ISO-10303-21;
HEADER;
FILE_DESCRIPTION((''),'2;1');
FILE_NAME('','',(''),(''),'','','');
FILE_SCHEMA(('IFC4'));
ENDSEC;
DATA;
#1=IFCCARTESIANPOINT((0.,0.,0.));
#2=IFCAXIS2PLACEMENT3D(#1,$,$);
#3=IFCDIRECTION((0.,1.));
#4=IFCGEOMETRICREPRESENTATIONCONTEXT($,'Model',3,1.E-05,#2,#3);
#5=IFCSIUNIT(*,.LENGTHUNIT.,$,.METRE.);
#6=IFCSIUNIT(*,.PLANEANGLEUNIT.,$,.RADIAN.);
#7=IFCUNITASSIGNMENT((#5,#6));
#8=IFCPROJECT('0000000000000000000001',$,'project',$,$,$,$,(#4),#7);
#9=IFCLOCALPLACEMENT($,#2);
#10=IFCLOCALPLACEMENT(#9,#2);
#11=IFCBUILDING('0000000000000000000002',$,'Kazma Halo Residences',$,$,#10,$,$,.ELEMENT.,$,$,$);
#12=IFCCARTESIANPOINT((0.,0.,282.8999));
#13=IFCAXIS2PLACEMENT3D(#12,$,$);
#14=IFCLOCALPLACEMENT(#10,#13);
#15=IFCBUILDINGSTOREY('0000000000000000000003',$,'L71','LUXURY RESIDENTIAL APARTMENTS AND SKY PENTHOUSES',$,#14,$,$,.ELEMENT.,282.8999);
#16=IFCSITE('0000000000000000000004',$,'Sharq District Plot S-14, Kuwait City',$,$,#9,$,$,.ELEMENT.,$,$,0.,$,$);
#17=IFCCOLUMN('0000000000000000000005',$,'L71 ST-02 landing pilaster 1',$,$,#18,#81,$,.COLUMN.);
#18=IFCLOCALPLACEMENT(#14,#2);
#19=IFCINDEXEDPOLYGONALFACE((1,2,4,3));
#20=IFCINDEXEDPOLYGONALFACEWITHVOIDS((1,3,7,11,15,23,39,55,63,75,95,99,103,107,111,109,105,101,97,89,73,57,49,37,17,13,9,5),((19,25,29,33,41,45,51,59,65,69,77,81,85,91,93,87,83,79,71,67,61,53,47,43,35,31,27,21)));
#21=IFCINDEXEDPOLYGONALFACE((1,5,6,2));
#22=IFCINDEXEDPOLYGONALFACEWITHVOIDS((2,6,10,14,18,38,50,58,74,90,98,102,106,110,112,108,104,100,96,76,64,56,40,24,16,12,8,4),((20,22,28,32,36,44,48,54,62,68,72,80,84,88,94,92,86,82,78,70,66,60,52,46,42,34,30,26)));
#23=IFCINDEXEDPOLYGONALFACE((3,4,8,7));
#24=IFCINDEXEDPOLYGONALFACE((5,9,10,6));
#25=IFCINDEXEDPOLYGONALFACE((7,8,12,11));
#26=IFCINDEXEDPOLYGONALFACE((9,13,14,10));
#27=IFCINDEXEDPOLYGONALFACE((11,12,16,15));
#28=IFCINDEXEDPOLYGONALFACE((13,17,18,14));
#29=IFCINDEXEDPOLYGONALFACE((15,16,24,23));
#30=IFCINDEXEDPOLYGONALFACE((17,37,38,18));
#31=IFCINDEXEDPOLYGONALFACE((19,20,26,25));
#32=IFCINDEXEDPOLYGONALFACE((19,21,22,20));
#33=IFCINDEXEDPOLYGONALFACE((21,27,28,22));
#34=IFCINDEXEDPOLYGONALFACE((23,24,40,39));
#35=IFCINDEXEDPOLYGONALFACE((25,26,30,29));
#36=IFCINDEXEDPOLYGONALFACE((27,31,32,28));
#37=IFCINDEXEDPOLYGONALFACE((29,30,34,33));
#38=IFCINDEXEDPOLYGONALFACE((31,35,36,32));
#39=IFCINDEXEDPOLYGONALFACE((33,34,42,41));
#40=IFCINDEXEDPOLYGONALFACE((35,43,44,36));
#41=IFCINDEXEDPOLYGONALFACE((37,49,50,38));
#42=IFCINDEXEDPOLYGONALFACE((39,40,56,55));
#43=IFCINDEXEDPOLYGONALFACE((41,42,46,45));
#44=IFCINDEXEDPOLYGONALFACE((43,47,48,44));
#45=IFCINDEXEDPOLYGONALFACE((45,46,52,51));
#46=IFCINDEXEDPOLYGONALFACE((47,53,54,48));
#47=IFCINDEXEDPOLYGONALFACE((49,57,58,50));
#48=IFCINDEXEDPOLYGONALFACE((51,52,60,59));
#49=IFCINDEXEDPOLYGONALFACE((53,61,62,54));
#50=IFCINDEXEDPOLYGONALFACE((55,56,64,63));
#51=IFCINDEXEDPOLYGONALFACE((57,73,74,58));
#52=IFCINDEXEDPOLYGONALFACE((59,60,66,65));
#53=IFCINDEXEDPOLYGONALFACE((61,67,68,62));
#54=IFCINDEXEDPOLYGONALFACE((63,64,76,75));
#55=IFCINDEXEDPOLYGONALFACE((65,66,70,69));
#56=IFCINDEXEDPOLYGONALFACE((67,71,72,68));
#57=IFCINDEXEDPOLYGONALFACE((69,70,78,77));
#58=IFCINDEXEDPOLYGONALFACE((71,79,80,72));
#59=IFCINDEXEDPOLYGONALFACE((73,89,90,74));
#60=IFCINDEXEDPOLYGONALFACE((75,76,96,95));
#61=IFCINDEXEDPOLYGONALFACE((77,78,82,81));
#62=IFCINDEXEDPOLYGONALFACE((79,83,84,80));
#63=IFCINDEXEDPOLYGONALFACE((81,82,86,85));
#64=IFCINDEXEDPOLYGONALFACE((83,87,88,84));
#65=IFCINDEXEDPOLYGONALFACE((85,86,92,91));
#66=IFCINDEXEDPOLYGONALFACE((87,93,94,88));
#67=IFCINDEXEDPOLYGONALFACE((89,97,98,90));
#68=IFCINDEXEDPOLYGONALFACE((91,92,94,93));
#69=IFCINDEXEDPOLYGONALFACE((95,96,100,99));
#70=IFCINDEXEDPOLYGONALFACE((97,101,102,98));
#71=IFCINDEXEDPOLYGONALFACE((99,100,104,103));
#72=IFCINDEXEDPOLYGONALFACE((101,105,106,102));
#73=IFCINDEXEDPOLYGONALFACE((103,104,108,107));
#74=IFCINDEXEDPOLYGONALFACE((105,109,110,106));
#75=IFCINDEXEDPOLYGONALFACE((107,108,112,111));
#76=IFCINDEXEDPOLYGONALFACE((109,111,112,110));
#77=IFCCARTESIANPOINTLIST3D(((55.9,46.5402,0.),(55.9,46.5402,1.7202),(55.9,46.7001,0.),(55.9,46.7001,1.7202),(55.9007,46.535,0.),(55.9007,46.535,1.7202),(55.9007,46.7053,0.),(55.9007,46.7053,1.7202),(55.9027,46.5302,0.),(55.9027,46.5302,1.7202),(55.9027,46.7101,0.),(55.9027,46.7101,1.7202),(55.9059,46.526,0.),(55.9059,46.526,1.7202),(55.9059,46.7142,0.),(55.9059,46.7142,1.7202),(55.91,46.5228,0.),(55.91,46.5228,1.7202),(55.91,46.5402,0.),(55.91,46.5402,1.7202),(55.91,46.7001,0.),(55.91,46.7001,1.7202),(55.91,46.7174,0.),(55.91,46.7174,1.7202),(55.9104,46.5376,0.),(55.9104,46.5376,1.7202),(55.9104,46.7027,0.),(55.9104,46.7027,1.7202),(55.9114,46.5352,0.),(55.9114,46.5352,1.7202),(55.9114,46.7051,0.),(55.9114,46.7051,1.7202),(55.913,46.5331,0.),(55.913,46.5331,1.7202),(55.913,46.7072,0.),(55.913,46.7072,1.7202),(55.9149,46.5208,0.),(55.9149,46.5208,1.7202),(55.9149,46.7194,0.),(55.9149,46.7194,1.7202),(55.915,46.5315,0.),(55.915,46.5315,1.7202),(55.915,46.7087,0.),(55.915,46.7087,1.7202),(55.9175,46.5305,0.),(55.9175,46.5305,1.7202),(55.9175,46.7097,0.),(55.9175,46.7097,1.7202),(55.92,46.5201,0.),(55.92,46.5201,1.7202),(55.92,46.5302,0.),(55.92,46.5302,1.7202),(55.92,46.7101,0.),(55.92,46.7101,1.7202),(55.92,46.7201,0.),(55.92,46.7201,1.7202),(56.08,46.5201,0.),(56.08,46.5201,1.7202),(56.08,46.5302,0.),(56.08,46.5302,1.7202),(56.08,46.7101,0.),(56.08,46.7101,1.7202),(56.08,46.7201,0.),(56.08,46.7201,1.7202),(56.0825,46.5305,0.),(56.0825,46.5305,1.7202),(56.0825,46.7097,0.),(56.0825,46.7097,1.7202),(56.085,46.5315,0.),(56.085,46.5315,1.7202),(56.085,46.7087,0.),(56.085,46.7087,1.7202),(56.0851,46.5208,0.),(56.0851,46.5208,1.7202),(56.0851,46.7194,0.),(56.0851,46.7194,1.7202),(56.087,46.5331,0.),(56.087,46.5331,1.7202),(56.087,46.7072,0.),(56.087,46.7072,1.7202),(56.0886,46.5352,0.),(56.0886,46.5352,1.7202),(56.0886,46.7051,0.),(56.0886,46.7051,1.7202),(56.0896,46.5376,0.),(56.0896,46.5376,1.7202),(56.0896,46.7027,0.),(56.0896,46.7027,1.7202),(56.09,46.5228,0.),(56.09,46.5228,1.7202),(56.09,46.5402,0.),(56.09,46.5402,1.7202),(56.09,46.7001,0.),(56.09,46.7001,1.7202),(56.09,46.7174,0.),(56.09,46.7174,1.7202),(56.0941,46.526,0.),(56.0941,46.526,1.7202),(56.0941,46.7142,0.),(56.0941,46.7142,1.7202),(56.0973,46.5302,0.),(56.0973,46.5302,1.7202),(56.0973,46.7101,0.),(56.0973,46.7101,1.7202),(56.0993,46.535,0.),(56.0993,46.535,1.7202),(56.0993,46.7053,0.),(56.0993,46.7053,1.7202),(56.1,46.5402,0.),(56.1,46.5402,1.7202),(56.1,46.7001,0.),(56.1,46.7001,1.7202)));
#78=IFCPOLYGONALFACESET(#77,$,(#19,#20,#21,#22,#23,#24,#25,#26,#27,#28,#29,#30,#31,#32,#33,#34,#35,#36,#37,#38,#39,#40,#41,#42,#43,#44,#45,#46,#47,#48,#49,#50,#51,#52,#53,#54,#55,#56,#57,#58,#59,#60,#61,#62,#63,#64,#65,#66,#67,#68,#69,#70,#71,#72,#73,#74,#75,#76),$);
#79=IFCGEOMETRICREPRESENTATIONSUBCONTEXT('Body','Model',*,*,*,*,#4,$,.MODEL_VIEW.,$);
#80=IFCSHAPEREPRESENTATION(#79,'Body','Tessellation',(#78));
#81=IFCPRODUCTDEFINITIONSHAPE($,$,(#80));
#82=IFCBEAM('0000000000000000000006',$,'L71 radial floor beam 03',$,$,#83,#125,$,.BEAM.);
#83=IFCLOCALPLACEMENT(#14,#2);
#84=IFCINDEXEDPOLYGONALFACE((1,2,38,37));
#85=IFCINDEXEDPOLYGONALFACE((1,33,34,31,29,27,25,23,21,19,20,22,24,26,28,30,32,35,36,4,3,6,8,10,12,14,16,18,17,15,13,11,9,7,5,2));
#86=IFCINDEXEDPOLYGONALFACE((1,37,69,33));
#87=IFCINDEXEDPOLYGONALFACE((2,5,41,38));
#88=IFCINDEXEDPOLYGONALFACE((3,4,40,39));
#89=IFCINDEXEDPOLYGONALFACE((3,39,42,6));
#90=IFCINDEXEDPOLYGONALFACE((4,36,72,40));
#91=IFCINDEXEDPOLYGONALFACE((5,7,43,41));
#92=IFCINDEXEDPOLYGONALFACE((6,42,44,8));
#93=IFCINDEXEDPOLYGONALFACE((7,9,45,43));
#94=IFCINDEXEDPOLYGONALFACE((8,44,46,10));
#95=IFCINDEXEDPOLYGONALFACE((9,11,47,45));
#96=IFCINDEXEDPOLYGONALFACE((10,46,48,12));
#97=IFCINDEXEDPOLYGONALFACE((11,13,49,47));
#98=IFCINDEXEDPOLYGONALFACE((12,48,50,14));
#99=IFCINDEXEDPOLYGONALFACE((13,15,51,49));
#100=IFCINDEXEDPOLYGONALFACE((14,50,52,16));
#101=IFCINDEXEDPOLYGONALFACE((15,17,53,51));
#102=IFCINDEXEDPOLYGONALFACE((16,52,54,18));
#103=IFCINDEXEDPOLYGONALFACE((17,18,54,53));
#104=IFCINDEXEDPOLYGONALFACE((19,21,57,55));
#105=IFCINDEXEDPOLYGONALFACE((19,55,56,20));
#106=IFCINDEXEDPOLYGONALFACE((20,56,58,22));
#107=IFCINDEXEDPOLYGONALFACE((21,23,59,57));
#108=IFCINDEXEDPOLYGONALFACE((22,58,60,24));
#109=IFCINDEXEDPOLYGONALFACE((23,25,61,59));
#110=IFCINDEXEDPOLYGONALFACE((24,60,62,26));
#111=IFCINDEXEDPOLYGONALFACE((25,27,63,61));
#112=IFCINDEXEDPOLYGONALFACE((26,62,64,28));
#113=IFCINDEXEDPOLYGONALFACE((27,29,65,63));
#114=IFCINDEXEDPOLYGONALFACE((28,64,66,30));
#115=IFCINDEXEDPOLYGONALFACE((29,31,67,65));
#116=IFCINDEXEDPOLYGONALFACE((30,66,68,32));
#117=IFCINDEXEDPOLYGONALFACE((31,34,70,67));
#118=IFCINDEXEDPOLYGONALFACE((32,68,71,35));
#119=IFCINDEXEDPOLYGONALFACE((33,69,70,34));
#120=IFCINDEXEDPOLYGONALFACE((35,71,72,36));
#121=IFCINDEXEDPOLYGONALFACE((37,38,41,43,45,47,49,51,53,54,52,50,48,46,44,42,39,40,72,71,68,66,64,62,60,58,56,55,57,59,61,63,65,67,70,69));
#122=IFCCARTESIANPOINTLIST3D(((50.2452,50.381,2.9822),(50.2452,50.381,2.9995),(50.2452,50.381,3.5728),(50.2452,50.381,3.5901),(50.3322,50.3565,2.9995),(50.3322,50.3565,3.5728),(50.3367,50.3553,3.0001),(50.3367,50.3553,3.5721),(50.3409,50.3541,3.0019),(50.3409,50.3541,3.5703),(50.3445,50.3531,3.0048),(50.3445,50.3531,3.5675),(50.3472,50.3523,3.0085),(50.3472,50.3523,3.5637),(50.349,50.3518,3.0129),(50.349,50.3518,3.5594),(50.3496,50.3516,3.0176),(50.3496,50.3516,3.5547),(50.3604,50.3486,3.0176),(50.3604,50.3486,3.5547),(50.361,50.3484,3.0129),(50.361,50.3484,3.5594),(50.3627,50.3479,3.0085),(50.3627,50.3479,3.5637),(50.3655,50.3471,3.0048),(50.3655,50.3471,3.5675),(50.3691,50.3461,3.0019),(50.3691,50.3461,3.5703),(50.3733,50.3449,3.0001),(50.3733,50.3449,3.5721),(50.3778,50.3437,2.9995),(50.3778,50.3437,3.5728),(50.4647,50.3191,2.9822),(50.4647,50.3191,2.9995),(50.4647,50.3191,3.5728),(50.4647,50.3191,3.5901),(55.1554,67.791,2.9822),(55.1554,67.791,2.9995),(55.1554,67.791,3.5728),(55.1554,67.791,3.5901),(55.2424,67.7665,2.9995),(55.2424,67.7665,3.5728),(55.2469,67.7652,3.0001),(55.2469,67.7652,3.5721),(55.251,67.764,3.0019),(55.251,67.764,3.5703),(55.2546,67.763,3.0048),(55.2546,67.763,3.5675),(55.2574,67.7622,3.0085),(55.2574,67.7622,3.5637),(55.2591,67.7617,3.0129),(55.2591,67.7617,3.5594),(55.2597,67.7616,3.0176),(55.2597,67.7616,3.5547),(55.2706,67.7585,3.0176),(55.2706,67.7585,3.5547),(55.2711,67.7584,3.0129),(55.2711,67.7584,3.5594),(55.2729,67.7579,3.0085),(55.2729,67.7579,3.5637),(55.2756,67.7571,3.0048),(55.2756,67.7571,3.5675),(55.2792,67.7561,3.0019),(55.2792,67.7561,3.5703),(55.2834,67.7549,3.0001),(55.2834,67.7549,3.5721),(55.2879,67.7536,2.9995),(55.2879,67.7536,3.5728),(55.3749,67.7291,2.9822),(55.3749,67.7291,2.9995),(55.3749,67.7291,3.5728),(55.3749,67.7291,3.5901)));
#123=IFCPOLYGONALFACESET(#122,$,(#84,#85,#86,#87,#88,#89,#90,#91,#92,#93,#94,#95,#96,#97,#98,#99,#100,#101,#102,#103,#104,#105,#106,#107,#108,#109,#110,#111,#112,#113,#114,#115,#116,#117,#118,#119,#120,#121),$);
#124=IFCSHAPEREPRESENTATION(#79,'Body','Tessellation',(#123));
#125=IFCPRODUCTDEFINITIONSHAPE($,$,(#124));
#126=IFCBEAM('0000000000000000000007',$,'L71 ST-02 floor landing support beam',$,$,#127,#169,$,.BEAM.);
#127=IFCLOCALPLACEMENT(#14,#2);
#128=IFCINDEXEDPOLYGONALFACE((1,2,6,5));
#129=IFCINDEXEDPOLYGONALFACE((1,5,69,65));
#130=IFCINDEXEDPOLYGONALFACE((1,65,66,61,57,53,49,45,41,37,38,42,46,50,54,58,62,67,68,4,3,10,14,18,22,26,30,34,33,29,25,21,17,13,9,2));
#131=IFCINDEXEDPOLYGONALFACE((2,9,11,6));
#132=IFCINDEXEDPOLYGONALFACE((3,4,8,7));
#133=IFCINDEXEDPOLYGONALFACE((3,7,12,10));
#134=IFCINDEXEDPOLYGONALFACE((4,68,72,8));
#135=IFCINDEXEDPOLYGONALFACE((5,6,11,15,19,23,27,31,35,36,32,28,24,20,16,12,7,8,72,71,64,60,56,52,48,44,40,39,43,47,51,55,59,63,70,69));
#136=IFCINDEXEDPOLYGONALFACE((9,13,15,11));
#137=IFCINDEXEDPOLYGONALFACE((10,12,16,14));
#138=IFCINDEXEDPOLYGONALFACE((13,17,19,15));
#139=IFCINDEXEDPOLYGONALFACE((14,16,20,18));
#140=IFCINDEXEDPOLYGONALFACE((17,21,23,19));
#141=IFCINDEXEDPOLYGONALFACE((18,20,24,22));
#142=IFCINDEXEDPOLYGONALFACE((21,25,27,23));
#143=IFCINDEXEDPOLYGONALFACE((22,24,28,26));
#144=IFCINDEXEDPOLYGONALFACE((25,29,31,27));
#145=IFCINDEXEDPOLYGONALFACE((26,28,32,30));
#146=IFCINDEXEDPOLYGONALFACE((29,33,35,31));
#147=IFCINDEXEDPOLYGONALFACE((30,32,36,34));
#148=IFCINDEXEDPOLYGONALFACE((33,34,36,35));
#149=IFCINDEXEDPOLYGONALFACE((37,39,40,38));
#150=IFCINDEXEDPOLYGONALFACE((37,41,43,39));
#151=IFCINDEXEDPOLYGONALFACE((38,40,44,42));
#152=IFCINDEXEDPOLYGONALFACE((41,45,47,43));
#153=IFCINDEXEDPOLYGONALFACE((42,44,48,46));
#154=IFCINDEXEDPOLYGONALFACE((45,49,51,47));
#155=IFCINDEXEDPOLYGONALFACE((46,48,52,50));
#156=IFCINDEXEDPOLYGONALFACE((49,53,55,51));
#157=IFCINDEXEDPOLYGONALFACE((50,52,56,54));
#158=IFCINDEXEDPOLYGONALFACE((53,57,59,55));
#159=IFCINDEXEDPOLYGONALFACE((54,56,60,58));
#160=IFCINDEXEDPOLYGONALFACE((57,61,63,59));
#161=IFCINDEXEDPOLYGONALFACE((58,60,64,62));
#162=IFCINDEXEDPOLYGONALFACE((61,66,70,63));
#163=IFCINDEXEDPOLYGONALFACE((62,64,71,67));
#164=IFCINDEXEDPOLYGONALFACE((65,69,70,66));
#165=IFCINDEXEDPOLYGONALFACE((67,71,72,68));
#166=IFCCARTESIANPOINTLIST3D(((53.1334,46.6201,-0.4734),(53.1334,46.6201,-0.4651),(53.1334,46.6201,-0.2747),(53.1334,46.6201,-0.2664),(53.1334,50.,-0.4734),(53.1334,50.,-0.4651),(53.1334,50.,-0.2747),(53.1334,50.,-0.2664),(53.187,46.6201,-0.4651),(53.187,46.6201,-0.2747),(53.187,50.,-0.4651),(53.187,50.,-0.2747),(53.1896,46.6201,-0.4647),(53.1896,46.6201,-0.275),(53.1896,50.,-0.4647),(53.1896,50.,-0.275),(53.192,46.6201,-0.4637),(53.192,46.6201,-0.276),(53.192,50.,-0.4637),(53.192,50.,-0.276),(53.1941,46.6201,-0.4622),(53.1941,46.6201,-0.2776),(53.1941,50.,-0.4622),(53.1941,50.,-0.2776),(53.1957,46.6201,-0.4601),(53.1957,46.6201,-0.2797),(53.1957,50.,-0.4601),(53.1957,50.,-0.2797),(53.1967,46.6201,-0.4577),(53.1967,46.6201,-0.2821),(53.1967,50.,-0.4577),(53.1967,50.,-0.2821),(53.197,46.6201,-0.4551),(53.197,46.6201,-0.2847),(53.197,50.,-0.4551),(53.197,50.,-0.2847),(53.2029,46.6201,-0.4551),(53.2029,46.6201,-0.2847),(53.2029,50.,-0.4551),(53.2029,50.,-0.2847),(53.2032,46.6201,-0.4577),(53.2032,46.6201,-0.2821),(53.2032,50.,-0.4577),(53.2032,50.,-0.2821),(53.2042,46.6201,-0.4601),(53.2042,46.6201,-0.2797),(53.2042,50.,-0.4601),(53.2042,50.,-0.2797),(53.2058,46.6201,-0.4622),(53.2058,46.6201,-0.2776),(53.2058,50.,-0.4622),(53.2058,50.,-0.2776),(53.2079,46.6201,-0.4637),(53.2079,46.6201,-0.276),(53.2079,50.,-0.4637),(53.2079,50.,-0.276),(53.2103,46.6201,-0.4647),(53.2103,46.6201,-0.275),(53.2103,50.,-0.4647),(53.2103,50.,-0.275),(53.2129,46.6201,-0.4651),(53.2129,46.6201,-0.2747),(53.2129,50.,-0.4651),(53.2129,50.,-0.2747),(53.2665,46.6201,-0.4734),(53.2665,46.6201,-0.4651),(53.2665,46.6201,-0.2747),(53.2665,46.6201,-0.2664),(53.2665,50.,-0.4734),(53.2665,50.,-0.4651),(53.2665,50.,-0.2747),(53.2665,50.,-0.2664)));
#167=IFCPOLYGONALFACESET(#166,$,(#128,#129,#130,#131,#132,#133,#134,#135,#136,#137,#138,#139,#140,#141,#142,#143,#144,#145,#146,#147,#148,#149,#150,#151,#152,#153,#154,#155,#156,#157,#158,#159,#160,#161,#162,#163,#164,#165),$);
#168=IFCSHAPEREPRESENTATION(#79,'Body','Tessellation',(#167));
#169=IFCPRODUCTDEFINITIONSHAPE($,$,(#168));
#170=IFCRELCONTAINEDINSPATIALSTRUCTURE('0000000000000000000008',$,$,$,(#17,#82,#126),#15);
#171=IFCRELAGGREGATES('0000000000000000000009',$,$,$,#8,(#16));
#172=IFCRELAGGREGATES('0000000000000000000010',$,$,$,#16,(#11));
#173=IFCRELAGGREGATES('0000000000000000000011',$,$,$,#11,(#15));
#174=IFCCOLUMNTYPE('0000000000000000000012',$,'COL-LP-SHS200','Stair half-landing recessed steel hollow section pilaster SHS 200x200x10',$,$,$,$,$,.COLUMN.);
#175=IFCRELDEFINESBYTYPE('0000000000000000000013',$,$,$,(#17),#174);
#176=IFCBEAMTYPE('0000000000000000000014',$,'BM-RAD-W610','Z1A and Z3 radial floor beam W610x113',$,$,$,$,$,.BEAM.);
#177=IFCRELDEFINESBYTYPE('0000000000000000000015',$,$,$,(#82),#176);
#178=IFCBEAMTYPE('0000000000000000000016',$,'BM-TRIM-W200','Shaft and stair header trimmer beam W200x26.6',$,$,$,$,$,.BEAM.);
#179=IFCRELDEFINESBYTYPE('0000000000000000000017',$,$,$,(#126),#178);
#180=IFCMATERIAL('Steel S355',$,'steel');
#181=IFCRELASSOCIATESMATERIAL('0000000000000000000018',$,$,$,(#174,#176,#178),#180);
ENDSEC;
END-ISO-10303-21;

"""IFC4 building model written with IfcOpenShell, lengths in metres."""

from ifc_helpers import new_model, si_unit, direction, frame, origin, origin_2d, place, context, subcontext, project, spatial, hollow_rectangle, i_section, extrude, material, material_profile, profile_set, type_object, element, save


model = new_model("IFC4")

# Units and contexts
model_context = context("Model", 3, precision=1e-05, world=origin(), true_north=direction((0.0, 1.0)))
body_context = subcontext(model_context, "Body", "Model", "MODEL_VIEW")
ifc_project = project(units=[si_unit("LENGTHUNIT", "METRE"), si_unit("PLANEANGLEUNIT", "RADIAN")], contexts=[model_context])

# Site, building, storey
site_placement = place(None, origin())
site = spatial("IfcSite", under=ifc_project, at=site_placement, Name="Sharq District Plot S-14, Kuwait City", CompositionType="ELEMENT", RefElevation=0.0)
building_placement = place(site_placement, origin())
building = spatial("IfcBuilding", under=site, at=building_placement, Name="Kazma Halo Residences", CompositionType="ELEMENT")
storey_placement = place(building_placement, frame((0.0, 0.0, 282.8999)))
storey = spatial("IfcBuildingStorey", under=building, at=storey_placement, Name="L71", Description="LUXURY RESIDENTIAL APARTMENTS AND SKY PENTHOUSES", CompositionType="ELEMENT", Elevation=282.8999)

# Column
ifc_material_1 = material(Name="Steel S355", Category="steel")
ifc_material_profile_1 = material_profile(ifc_material_1, hollow_rectangle(XDim=0.2, YDim=0.2, WallThickness=0.01, InnerFilletRadius=0.01, OuterFilletRadius=0.02, at=origin_2d()), Name="SHS200x200x10")
ifc_profile_set_1 = profile_set([ifc_material_profile_1], Name="Steel S355")
column_type = type_object("IfcColumnType", Name="COL-LP-SHS200", Description="Stair half-landing recessed steel hollow section pilaster SHS 200x200x10", PredefinedType="COLUMN", material=ifc_profile_set_1)
column_placement = place(storey_placement, frame((56.0, 46.6201, 0.0), z_axis=(0.0, 0.0, 1.0), x_axis=(1.0, 0.0, 0.0)))
element("IfcColumn", 1, at=column_placement, inside=storey, type_object=column_type, Name="L71 ST-02 landing pilaster 1", PredefinedType="COLUMN", context=body_context, shape_type="SweptSolid", body=[
    extrude(hollow_rectangle(XDim=0.2, YDim=0.2, WallThickness=0.01, InnerFilletRadius=0.01, OuterFilletRadius=0.02, at=origin_2d()), origin(), (0.0, 0.0, 1.0), 1.7202),
])

# Beams
ifc_material_profile_2 = material_profile(ifc_material_1, i_section(OverallWidth=0.228, OverallDepth=0.6079, WebThickness=0.0112, FlangeThickness=0.0173, FilletRadius=0.0181, at=origin_2d()), Name="W610x113")
ifc_profile_set_2 = profile_set([ifc_material_profile_2], Name="Steel S355")
beam_type_1 = type_object("IfcBeamType", Name="BM-RAD-W610", Description="Z1A and Z3 radial floor beam W610x113", PredefinedType="BEAM", material=ifc_profile_set_2)
beam_1_placement = place(storey_placement, frame((50.355, 50.3501, 3.2861), z_axis=(0.271443, 0.962454, 0.0), x_axis=(-0.962454, 0.271443, 0.0)))
element("IfcBeam", 2, at=beam_1_placement, inside=storey, type_object=beam_type_1, Name="L71 radial floor beam 03", PredefinedType="BEAM", context=body_context, shape_type="SweptSolid", body=[
    extrude(i_section(OverallWidth=0.228, OverallDepth=0.6079, WebThickness=0.0112, FlangeThickness=0.0173, FilletRadius=0.0181, at=origin_2d()), origin(), (0.0, 0.0, 1.0), 18.0891),
])
ifc_material_profile_3 = material_profile(ifc_material_1, i_section(OverallWidth=0.1331, OverallDepth=0.207, WebThickness=0.0059, FlangeThickness=0.0083, FilletRadius=0.01, at=origin_2d()), Name="W200x26.6")
ifc_profile_set_3 = profile_set([ifc_material_profile_3], Name="Steel S355")
beam_type_2 = type_object("IfcBeamType", Name="BM-TRIM-W200", Description="Shaft and stair header trimmer beam W200x26.6", PredefinedType="BEAM", material=ifc_profile_set_3)
beam_2_placement = place(storey_placement, frame((53.2, 46.6201, -0.3699), z_axis=(0.0, 1.0, 0.0), x_axis=(-1.0, 0.0, 0.0)))
element("IfcBeam", 3, at=beam_2_placement, inside=storey, type_object=beam_type_2, Name="L71 ST-02 floor landing support beam", PredefinedType="BEAM", context=body_context, shape_type="SweptSolid", body=[
    extrude(i_section(OverallWidth=0.1331, OverallDepth=0.207, WebThickness=0.0059, FlangeThickness=0.0083, FilletRadius=0.01, at=origin_2d()), origin(), (0.0, 0.0, 1.0), 3.3799),
])

save(model, "model.ifc")
